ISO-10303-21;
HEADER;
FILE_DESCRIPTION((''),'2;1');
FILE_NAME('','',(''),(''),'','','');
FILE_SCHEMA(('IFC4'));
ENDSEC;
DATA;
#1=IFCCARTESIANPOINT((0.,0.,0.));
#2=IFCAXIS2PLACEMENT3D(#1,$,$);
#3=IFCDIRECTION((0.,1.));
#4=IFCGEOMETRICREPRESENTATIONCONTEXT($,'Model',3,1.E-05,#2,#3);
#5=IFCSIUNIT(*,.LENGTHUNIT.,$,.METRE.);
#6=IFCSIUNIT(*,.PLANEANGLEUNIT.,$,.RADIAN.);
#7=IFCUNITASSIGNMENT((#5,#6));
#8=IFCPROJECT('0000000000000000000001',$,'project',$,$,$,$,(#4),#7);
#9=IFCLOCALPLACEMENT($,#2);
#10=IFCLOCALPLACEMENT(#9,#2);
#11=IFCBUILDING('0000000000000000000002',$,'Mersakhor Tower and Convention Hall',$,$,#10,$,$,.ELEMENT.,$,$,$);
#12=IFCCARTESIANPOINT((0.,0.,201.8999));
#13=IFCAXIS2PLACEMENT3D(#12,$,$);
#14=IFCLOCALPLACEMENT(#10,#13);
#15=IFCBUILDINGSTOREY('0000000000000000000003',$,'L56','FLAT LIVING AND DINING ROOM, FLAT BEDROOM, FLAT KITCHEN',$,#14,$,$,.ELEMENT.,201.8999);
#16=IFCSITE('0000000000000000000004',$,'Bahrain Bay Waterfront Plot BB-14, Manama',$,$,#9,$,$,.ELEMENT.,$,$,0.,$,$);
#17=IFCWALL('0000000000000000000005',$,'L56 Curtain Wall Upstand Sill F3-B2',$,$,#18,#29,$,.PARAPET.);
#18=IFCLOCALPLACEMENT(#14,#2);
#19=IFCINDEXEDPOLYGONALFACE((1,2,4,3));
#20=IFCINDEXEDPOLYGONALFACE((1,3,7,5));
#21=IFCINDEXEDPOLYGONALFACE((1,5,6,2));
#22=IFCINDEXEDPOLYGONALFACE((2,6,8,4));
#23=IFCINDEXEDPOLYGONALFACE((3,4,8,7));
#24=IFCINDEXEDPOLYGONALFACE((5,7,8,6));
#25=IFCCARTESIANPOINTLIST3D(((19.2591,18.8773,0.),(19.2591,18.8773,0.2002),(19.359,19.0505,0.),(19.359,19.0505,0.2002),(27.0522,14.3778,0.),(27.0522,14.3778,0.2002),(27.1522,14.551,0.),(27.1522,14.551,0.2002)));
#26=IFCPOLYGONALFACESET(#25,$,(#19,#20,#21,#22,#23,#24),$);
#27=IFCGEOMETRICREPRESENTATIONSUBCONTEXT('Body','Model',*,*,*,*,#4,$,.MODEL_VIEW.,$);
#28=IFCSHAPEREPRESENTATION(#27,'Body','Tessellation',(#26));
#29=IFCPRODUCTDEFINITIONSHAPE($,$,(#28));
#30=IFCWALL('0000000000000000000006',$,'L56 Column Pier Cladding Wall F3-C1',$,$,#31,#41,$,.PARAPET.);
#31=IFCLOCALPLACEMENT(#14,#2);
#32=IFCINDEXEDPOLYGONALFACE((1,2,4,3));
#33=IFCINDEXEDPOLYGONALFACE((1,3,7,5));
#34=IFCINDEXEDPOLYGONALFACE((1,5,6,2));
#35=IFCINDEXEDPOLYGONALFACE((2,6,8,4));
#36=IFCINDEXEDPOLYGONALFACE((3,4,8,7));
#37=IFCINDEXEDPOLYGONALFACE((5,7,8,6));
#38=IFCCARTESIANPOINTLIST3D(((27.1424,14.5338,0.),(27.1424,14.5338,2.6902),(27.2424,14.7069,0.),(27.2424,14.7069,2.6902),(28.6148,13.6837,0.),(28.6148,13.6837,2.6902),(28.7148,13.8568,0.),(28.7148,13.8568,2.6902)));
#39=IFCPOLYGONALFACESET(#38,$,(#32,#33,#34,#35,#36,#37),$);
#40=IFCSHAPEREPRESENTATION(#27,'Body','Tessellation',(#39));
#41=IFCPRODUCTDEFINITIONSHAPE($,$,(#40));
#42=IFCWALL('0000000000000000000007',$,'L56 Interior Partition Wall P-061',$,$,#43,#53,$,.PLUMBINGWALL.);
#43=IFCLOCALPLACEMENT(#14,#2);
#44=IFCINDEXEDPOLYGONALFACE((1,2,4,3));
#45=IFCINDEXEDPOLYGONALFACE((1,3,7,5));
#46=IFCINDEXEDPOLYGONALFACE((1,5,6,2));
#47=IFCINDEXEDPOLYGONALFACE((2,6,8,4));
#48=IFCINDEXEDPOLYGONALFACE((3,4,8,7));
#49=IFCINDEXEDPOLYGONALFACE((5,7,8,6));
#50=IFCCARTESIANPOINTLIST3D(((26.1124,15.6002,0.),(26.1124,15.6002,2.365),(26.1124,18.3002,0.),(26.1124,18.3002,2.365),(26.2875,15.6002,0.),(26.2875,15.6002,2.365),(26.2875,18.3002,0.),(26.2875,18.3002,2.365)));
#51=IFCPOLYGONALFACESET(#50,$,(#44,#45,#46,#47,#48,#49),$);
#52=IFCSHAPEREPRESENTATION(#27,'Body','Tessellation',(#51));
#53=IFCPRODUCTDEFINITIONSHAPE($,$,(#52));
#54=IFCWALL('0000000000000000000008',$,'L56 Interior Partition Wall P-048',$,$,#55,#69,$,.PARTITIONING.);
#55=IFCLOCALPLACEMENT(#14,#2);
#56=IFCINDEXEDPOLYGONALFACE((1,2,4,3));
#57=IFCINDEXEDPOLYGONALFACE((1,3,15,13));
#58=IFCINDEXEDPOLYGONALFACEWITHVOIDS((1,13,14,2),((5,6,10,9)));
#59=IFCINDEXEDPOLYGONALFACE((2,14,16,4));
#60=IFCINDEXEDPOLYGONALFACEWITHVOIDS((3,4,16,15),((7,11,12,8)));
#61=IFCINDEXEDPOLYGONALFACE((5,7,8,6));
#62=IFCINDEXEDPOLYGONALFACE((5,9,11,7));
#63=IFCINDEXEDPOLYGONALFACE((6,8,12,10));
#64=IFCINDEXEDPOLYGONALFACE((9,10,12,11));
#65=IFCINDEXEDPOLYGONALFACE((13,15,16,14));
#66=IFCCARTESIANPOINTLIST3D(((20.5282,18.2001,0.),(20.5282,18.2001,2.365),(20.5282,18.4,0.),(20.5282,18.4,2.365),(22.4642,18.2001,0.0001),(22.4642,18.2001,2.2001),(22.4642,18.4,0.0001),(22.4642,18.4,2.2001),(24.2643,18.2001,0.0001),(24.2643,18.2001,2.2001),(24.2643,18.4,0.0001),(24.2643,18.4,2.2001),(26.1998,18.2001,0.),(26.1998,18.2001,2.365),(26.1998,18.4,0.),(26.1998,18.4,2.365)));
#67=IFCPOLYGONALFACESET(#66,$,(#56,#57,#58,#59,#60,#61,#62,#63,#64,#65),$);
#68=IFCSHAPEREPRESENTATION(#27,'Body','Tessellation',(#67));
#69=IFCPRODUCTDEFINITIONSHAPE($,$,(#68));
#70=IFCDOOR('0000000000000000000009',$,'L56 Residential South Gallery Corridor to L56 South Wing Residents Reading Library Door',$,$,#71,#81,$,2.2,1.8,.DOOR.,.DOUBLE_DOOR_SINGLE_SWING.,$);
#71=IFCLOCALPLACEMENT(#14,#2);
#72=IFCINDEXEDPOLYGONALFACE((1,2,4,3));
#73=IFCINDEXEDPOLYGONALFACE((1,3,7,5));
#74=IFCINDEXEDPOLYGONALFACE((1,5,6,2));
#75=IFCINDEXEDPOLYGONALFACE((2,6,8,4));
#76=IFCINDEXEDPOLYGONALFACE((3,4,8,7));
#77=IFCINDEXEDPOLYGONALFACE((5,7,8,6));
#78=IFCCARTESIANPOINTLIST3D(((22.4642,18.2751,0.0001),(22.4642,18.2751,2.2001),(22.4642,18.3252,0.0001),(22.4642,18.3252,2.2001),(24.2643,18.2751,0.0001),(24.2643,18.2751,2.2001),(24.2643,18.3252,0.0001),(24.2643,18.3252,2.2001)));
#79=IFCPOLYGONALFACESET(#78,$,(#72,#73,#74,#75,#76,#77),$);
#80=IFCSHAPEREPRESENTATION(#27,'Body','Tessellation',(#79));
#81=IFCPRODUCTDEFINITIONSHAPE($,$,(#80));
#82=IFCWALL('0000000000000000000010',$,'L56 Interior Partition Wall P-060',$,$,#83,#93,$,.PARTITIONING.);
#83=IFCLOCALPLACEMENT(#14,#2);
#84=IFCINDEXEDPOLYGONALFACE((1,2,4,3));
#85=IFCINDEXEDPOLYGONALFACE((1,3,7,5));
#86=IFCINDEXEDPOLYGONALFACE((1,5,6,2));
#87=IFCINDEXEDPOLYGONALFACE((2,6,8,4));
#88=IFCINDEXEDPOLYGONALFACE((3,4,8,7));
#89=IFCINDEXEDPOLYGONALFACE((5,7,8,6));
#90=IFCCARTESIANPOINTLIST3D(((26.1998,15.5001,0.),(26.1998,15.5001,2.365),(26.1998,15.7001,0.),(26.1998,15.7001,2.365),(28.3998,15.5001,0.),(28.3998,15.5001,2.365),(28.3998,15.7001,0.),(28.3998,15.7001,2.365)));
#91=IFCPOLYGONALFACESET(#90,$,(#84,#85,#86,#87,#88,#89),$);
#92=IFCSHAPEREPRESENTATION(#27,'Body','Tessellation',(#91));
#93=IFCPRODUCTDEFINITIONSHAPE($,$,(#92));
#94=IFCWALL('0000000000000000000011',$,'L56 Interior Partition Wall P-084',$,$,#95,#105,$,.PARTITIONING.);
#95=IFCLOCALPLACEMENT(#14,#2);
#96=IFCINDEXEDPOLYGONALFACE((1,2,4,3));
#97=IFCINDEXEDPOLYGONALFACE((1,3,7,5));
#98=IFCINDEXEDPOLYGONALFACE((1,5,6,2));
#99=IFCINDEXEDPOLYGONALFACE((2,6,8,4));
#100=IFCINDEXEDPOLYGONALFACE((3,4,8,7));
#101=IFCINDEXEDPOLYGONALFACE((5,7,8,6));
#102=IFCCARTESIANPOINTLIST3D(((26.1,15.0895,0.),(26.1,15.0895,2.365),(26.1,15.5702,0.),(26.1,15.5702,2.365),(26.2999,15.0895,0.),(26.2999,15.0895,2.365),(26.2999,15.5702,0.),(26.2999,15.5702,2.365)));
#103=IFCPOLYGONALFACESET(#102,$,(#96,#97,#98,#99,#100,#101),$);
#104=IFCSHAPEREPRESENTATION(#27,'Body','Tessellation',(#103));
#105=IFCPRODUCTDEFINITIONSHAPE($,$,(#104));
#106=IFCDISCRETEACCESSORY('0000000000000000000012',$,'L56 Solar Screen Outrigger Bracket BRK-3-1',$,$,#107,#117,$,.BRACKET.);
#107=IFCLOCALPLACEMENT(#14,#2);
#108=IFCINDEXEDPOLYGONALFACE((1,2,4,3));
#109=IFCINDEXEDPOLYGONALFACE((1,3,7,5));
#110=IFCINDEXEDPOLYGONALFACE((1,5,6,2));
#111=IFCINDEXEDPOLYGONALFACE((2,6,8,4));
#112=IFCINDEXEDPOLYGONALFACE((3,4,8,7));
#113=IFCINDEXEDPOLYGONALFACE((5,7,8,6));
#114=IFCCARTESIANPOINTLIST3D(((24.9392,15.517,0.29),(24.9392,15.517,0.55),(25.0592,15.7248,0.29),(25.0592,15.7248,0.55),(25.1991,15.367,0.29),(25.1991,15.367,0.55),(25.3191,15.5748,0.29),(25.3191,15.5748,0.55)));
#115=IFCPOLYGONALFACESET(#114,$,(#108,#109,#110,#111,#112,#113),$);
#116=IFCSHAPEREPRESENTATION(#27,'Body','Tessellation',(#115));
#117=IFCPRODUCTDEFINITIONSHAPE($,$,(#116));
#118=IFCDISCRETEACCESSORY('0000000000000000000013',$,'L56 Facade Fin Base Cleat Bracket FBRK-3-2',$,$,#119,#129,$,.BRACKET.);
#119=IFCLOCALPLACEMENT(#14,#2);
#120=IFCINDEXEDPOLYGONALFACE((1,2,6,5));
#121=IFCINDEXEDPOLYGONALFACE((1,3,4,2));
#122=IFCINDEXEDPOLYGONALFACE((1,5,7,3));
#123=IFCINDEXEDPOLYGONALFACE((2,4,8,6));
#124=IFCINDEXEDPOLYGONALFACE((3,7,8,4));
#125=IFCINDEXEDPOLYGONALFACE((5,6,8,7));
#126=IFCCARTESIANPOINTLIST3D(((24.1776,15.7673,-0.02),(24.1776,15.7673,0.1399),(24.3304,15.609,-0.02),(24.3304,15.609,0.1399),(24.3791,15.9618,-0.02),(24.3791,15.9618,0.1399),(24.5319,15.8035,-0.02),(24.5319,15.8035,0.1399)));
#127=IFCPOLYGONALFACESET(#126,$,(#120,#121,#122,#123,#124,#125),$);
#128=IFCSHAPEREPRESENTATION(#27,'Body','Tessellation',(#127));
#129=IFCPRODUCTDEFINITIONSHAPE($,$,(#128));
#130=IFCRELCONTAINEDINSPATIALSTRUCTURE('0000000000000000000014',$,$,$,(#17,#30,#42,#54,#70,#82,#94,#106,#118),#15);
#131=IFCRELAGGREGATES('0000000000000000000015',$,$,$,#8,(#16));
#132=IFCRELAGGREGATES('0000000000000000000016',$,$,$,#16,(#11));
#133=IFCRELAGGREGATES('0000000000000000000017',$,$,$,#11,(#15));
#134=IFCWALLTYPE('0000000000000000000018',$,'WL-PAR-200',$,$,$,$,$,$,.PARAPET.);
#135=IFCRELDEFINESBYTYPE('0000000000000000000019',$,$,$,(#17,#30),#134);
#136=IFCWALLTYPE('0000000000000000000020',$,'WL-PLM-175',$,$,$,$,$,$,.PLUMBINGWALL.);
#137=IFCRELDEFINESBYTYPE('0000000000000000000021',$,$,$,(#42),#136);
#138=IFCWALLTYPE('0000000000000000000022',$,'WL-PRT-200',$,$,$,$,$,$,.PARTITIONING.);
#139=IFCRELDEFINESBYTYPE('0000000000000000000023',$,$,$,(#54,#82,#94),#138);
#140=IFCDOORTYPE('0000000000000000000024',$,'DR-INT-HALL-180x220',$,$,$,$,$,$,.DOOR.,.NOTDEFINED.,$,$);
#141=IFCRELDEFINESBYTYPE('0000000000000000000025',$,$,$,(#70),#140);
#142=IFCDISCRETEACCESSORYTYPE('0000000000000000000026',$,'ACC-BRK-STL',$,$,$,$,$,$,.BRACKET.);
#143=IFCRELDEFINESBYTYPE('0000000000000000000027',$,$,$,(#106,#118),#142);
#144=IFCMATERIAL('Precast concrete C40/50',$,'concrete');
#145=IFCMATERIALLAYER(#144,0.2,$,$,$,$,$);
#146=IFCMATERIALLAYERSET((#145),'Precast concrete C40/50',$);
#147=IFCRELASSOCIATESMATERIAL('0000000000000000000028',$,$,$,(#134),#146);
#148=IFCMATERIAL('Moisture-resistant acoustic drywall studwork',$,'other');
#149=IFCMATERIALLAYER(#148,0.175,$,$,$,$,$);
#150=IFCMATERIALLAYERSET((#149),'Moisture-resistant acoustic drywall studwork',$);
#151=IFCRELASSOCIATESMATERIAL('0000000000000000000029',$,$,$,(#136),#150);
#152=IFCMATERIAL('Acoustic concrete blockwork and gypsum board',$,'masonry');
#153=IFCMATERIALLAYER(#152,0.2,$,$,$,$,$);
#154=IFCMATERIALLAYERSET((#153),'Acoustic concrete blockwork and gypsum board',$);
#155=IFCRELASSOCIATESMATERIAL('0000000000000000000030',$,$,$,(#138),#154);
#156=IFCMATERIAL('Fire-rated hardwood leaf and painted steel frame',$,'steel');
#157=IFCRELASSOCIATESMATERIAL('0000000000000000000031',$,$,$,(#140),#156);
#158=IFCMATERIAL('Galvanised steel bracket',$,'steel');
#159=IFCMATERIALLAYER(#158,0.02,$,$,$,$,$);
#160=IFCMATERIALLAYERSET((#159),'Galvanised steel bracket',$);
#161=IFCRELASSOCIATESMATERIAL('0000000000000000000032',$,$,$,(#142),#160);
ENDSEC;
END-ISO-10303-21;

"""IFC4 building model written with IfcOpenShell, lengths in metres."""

from ifc_helpers import new_model, si_unit, direction, frame, frame_2d, origin, origin_2d, place, context, subcontext, project, spatial, rectangle, extrude, material, layer, layer_set, type_object, element, fill, save


model = new_model("IFC4")

# Units and contexts
model_context = context("Model", 3, precision=1e-05, world=origin(), true_north=direction((0.0, 1.0)))
body_context = subcontext(model_context, "Body", "Model", "MODEL_VIEW")
ifc_project = project(units=[si_unit("LENGTHUNIT", "METRE"), si_unit("PLANEANGLEUNIT", "RADIAN")], contexts=[model_context])

# Site, building, storey
site_placement = place(None, origin())
site = spatial("IfcSite", under=ifc_project, at=site_placement, Name="Bahrain Bay Waterfront Plot BB-14, Manama", CompositionType="ELEMENT", RefElevation=0.0)
building_placement = place(site_placement, origin())
building = spatial("IfcBuilding", under=site, at=building_placement, Name="Mersakhor Tower and Convention Hall", CompositionType="ELEMENT")
storey_placement = place(building_placement, frame((0.0, 0.0, 201.8999)))
storey = spatial("IfcBuildingStorey", under=building, at=storey_placement, Name="L56", Description="FLAT LIVING AND DINING ROOM, FLAT BEDROOM, FLAT KITCHEN", CompositionType="ELEMENT", Elevation=201.8999)

# Walls
ifc_material_1 = material(Name="Precast concrete C40/50", Category="concrete")
ifc_layer_1 = layer(ifc_material_1, 0.2)
ifc_layer_set_1 = layer_set([ifc_layer_1], Name="Precast concrete C40/50")
wall_type_1 = type_object("IfcWallType", Name="WL-PAR-200", PredefinedType="PARAPET", material=ifc_layer_set_1)
wall_1_placement = place(storey_placement, frame((27.1023, 14.4644, 0.0), z_axis=(0.0, 0.0, 1.0), x_axis=(-0.866021, 0.500008, 0.0)))
element("IfcWall", 1, at=wall_1_placement, inside=storey, type_object=wall_type_1, Name="L56 Curtain Wall Upstand Sill F3-B2", PredefinedType="PARAPET", context=body_context, shape_type="SweptSolid", body=[
    extrude(rectangle(XDim=8.9988, YDim=0.2, at=frame_2d((4.4995, 0.0))), origin(), (0.0, 0.0, 1.0), 0.2002),
])
wall_2_placement = place(storey_placement, frame((28.6648, 13.7703, 0.0), z_axis=(0.0, 0.0, 1.0), x_axis=(-0.866025, 0.5, 0.0)))
element("IfcWall", 2, at=wall_2_placement, inside=storey, type_object=wall_type_1, Name="L56 Column Pier Cladding Wall F3-C1", PredefinedType="PARAPET", context=body_context, shape_type="SweptSolid", body=[
    extrude(rectangle(XDim=1.7002, YDim=0.2, at=frame_2d((0.8501, 0.0))), origin(), (0.0, 0.0, 1.0), 2.6902),
])
ifc_material_2 = material(Name="Moisture-resistant acoustic drywall studwork", Category="other")
ifc_layer_2 = layer(ifc_material_2, 0.175)
ifc_layer_set_2 = layer_set([ifc_layer_2], Name="Moisture-resistant acoustic drywall studwork")
wall_type_2 = type_object("IfcWallType", Name="WL-PLM-175", PredefinedType="PLUMBINGWALL", material=ifc_layer_set_2)
wall_3_placement = place(storey_placement, frame((26.2, 15.6001, 0.0), z_axis=(0.0, 0.0, 1.0), x_axis=(0.0, 1.0, 0.0)))
element("IfcWall", 3, at=wall_3_placement, inside=storey, type_object=wall_type_2, Name="L56 Interior Partition Wall P-061", PredefinedType="PLUMBINGWALL", context=body_context, shape_type="SweptSolid", body=[
    extrude(rectangle(XDim=2.7, YDim=0.175, at=frame_2d((1.3501, 0.0))), origin(), (0.0, 0.0, 1.0), 2.365),
])

# Wall, opening, door
ifc_material_3 = material(Name="Acoustic concrete blockwork and gypsum board", Category="masonry")
ifc_layer_3 = layer(ifc_material_3, 0.2)
ifc_layer_set_3 = layer_set([ifc_layer_3], Name="Acoustic concrete blockwork and gypsum board")
wall_type_3 = type_object("IfcWallType", Name="WL-PRT-200", PredefinedType="PARTITIONING", material=ifc_layer_set_3)
wall_4_placement = place(storey_placement, frame((26.2, 18.3, 0.0), z_axis=(0.0, 0.0, 1.0), x_axis=(-1.0, 0.0, 0.0)))
wall_4 = element("IfcWall", 4, at=wall_4_placement, inside=storey, type_object=wall_type_3, Name="L56 Interior Partition Wall P-048", PredefinedType="PARTITIONING", context=body_context, shape_type="SweptSolid", body=[
    extrude(rectangle(XDim=5.6716, YDim=0.2, at=frame_2d((2.8359, 0.0))), origin(), (0.0, 0.0, 1.0), 2.365),
])
opening_placement = place(wall_4_placement, frame((1.9358, 0.0, 0.0)))
opening = element("IfcOpeningElement", 5, at=opening_placement, cuts=wall_4, PredefinedType="OPENING", context=body_context, shape_type="SweptSolid", body=[
    extrude(rectangle(XDim=1.8, YDim=2.2, at=frame_2d((0.8999, 1.1001))), frame((0.0, 0.1099, 0.0), z_axis=(0.0, -1.0, 0.0), x_axis=(1.0, 0.0, 0.0)), (0.0, 0.0, 1.0), 0.22),
])
ifc_material_4 = material(Name="Fire-rated hardwood leaf and painted steel frame", Category="steel")
door_type = type_object("IfcDoorType", Name="DR-INT-HALL-180x220", OperationType="NOTDEFINED", PredefinedType="DOOR", material=ifc_material_4)
door_placement = place(opening_placement, origin())
door = element("IfcDoor", 6, at=door_placement, inside=storey, type_object=door_type, Name="L56 Residential South Gallery Corridor to L56 South Wing Residents Reading Library Door", OperationType="DOUBLE_DOOR_SINGLE_SWING", OverallHeight=2.2, OverallWidth=1.8, PredefinedType="DOOR", context=body_context, shape_type="SweptSolid", body=[
    extrude(rectangle(XDim=1.8, YDim=2.2, at=frame_2d((0.8999, 1.1001))), frame((0.0, 0.0249, 0.0), z_axis=(0.0, -1.0, 0.0), x_axis=(1.0, 0.0, 0.0)), (0.0, 0.0, 1.0), 0.05),
])
fill(opening, door)

# Walls
wall_5_placement = place(storey_placement, frame((28.3999, 15.6001, 0.0), z_axis=(0.0, 0.0, 1.0), x_axis=(-1.0, 0.0, 0.0)))
element("IfcWall", 7, at=wall_5_placement, inside=storey, type_object=wall_type_3, Name="L56 Interior Partition Wall P-060", PredefinedType="PARTITIONING", context=body_context, shape_type="SweptSolid", body=[
    extrude(rectangle(XDim=2.2, YDim=0.2, at=frame_2d((1.1001, 0.0))), origin(), (0.0, 0.0, 1.0), 2.365),
])
wall_6_placement = place(storey_placement, frame((26.2, 15.5701, 0.0), z_axis=(0.0, 0.0, 1.0), x_axis=(0.0, -1.0, 0.0)))
element("IfcWall", 8, at=wall_6_placement, inside=storey, type_object=wall_type_3, Name="L56 Interior Partition Wall P-084", PredefinedType="PARTITIONING", context=body_context, shape_type="SweptSolid", body=[
    extrude(rectangle(XDim=0.4807, YDim=0.2, at=frame_2d((0.2402, 0.0))), origin(), (0.0, 0.0, 1.0), 2.365),
])

# Discrete accessories
ifc_material_5 = material(Name="Galvanised steel bracket", Category="steel")
ifc_layer_4 = layer(ifc_material_5, 0.02)
ifc_layer_set_4 = layer_set([ifc_layer_4], Name="Galvanised steel bracket")
discrete_accessory_type = type_object("IfcDiscreteAccessoryType", Name="ACC-BRK-STL", PredefinedType="BRACKET", material=ifc_layer_set_4)
discrete_accessory_1_placement = place(storey_placement, frame((25.1292, 15.5459, 0.29), z_axis=(0.0, 0.0, 1.0), x_axis=(-0.866025, 0.5, 0.0)))
element("IfcDiscreteAccessory", 9, at=discrete_accessory_1_placement, inside=storey, type_object=discrete_accessory_type, Name="L56 Solar Screen Outrigger Bracket BRK-3-1", PredefinedType="BRACKET", context=body_context, shape_type="SweptSolid", body=[
    extrude(rectangle(XDim=0.3, YDim=0.24, at=origin_2d()), origin(), (0.0, 0.0, 1.0), 0.26),
])
discrete_accessory_2_placement = place(storey_placement, frame((24.3547, 15.7854, -0.02), z_axis=(0.0, 0.0, 1.0), x_axis=(-0.71934, -0.694658, 0.0)))
element("IfcDiscreteAccessory", 10, at=discrete_accessory_2_placement, inside=storey, type_object=discrete_accessory_type, Name="L56 Facade Fin Base Cleat Bracket FBRK-3-2", PredefinedType="BRACKET", context=body_context, shape_type="SweptSolid", body=[
    extrude(rectangle(XDim=0.28, YDim=0.22, at=origin_2d()), origin(), (0.0, 0.0, 1.0), 0.1599),
])

save(model, "model.ifc")
